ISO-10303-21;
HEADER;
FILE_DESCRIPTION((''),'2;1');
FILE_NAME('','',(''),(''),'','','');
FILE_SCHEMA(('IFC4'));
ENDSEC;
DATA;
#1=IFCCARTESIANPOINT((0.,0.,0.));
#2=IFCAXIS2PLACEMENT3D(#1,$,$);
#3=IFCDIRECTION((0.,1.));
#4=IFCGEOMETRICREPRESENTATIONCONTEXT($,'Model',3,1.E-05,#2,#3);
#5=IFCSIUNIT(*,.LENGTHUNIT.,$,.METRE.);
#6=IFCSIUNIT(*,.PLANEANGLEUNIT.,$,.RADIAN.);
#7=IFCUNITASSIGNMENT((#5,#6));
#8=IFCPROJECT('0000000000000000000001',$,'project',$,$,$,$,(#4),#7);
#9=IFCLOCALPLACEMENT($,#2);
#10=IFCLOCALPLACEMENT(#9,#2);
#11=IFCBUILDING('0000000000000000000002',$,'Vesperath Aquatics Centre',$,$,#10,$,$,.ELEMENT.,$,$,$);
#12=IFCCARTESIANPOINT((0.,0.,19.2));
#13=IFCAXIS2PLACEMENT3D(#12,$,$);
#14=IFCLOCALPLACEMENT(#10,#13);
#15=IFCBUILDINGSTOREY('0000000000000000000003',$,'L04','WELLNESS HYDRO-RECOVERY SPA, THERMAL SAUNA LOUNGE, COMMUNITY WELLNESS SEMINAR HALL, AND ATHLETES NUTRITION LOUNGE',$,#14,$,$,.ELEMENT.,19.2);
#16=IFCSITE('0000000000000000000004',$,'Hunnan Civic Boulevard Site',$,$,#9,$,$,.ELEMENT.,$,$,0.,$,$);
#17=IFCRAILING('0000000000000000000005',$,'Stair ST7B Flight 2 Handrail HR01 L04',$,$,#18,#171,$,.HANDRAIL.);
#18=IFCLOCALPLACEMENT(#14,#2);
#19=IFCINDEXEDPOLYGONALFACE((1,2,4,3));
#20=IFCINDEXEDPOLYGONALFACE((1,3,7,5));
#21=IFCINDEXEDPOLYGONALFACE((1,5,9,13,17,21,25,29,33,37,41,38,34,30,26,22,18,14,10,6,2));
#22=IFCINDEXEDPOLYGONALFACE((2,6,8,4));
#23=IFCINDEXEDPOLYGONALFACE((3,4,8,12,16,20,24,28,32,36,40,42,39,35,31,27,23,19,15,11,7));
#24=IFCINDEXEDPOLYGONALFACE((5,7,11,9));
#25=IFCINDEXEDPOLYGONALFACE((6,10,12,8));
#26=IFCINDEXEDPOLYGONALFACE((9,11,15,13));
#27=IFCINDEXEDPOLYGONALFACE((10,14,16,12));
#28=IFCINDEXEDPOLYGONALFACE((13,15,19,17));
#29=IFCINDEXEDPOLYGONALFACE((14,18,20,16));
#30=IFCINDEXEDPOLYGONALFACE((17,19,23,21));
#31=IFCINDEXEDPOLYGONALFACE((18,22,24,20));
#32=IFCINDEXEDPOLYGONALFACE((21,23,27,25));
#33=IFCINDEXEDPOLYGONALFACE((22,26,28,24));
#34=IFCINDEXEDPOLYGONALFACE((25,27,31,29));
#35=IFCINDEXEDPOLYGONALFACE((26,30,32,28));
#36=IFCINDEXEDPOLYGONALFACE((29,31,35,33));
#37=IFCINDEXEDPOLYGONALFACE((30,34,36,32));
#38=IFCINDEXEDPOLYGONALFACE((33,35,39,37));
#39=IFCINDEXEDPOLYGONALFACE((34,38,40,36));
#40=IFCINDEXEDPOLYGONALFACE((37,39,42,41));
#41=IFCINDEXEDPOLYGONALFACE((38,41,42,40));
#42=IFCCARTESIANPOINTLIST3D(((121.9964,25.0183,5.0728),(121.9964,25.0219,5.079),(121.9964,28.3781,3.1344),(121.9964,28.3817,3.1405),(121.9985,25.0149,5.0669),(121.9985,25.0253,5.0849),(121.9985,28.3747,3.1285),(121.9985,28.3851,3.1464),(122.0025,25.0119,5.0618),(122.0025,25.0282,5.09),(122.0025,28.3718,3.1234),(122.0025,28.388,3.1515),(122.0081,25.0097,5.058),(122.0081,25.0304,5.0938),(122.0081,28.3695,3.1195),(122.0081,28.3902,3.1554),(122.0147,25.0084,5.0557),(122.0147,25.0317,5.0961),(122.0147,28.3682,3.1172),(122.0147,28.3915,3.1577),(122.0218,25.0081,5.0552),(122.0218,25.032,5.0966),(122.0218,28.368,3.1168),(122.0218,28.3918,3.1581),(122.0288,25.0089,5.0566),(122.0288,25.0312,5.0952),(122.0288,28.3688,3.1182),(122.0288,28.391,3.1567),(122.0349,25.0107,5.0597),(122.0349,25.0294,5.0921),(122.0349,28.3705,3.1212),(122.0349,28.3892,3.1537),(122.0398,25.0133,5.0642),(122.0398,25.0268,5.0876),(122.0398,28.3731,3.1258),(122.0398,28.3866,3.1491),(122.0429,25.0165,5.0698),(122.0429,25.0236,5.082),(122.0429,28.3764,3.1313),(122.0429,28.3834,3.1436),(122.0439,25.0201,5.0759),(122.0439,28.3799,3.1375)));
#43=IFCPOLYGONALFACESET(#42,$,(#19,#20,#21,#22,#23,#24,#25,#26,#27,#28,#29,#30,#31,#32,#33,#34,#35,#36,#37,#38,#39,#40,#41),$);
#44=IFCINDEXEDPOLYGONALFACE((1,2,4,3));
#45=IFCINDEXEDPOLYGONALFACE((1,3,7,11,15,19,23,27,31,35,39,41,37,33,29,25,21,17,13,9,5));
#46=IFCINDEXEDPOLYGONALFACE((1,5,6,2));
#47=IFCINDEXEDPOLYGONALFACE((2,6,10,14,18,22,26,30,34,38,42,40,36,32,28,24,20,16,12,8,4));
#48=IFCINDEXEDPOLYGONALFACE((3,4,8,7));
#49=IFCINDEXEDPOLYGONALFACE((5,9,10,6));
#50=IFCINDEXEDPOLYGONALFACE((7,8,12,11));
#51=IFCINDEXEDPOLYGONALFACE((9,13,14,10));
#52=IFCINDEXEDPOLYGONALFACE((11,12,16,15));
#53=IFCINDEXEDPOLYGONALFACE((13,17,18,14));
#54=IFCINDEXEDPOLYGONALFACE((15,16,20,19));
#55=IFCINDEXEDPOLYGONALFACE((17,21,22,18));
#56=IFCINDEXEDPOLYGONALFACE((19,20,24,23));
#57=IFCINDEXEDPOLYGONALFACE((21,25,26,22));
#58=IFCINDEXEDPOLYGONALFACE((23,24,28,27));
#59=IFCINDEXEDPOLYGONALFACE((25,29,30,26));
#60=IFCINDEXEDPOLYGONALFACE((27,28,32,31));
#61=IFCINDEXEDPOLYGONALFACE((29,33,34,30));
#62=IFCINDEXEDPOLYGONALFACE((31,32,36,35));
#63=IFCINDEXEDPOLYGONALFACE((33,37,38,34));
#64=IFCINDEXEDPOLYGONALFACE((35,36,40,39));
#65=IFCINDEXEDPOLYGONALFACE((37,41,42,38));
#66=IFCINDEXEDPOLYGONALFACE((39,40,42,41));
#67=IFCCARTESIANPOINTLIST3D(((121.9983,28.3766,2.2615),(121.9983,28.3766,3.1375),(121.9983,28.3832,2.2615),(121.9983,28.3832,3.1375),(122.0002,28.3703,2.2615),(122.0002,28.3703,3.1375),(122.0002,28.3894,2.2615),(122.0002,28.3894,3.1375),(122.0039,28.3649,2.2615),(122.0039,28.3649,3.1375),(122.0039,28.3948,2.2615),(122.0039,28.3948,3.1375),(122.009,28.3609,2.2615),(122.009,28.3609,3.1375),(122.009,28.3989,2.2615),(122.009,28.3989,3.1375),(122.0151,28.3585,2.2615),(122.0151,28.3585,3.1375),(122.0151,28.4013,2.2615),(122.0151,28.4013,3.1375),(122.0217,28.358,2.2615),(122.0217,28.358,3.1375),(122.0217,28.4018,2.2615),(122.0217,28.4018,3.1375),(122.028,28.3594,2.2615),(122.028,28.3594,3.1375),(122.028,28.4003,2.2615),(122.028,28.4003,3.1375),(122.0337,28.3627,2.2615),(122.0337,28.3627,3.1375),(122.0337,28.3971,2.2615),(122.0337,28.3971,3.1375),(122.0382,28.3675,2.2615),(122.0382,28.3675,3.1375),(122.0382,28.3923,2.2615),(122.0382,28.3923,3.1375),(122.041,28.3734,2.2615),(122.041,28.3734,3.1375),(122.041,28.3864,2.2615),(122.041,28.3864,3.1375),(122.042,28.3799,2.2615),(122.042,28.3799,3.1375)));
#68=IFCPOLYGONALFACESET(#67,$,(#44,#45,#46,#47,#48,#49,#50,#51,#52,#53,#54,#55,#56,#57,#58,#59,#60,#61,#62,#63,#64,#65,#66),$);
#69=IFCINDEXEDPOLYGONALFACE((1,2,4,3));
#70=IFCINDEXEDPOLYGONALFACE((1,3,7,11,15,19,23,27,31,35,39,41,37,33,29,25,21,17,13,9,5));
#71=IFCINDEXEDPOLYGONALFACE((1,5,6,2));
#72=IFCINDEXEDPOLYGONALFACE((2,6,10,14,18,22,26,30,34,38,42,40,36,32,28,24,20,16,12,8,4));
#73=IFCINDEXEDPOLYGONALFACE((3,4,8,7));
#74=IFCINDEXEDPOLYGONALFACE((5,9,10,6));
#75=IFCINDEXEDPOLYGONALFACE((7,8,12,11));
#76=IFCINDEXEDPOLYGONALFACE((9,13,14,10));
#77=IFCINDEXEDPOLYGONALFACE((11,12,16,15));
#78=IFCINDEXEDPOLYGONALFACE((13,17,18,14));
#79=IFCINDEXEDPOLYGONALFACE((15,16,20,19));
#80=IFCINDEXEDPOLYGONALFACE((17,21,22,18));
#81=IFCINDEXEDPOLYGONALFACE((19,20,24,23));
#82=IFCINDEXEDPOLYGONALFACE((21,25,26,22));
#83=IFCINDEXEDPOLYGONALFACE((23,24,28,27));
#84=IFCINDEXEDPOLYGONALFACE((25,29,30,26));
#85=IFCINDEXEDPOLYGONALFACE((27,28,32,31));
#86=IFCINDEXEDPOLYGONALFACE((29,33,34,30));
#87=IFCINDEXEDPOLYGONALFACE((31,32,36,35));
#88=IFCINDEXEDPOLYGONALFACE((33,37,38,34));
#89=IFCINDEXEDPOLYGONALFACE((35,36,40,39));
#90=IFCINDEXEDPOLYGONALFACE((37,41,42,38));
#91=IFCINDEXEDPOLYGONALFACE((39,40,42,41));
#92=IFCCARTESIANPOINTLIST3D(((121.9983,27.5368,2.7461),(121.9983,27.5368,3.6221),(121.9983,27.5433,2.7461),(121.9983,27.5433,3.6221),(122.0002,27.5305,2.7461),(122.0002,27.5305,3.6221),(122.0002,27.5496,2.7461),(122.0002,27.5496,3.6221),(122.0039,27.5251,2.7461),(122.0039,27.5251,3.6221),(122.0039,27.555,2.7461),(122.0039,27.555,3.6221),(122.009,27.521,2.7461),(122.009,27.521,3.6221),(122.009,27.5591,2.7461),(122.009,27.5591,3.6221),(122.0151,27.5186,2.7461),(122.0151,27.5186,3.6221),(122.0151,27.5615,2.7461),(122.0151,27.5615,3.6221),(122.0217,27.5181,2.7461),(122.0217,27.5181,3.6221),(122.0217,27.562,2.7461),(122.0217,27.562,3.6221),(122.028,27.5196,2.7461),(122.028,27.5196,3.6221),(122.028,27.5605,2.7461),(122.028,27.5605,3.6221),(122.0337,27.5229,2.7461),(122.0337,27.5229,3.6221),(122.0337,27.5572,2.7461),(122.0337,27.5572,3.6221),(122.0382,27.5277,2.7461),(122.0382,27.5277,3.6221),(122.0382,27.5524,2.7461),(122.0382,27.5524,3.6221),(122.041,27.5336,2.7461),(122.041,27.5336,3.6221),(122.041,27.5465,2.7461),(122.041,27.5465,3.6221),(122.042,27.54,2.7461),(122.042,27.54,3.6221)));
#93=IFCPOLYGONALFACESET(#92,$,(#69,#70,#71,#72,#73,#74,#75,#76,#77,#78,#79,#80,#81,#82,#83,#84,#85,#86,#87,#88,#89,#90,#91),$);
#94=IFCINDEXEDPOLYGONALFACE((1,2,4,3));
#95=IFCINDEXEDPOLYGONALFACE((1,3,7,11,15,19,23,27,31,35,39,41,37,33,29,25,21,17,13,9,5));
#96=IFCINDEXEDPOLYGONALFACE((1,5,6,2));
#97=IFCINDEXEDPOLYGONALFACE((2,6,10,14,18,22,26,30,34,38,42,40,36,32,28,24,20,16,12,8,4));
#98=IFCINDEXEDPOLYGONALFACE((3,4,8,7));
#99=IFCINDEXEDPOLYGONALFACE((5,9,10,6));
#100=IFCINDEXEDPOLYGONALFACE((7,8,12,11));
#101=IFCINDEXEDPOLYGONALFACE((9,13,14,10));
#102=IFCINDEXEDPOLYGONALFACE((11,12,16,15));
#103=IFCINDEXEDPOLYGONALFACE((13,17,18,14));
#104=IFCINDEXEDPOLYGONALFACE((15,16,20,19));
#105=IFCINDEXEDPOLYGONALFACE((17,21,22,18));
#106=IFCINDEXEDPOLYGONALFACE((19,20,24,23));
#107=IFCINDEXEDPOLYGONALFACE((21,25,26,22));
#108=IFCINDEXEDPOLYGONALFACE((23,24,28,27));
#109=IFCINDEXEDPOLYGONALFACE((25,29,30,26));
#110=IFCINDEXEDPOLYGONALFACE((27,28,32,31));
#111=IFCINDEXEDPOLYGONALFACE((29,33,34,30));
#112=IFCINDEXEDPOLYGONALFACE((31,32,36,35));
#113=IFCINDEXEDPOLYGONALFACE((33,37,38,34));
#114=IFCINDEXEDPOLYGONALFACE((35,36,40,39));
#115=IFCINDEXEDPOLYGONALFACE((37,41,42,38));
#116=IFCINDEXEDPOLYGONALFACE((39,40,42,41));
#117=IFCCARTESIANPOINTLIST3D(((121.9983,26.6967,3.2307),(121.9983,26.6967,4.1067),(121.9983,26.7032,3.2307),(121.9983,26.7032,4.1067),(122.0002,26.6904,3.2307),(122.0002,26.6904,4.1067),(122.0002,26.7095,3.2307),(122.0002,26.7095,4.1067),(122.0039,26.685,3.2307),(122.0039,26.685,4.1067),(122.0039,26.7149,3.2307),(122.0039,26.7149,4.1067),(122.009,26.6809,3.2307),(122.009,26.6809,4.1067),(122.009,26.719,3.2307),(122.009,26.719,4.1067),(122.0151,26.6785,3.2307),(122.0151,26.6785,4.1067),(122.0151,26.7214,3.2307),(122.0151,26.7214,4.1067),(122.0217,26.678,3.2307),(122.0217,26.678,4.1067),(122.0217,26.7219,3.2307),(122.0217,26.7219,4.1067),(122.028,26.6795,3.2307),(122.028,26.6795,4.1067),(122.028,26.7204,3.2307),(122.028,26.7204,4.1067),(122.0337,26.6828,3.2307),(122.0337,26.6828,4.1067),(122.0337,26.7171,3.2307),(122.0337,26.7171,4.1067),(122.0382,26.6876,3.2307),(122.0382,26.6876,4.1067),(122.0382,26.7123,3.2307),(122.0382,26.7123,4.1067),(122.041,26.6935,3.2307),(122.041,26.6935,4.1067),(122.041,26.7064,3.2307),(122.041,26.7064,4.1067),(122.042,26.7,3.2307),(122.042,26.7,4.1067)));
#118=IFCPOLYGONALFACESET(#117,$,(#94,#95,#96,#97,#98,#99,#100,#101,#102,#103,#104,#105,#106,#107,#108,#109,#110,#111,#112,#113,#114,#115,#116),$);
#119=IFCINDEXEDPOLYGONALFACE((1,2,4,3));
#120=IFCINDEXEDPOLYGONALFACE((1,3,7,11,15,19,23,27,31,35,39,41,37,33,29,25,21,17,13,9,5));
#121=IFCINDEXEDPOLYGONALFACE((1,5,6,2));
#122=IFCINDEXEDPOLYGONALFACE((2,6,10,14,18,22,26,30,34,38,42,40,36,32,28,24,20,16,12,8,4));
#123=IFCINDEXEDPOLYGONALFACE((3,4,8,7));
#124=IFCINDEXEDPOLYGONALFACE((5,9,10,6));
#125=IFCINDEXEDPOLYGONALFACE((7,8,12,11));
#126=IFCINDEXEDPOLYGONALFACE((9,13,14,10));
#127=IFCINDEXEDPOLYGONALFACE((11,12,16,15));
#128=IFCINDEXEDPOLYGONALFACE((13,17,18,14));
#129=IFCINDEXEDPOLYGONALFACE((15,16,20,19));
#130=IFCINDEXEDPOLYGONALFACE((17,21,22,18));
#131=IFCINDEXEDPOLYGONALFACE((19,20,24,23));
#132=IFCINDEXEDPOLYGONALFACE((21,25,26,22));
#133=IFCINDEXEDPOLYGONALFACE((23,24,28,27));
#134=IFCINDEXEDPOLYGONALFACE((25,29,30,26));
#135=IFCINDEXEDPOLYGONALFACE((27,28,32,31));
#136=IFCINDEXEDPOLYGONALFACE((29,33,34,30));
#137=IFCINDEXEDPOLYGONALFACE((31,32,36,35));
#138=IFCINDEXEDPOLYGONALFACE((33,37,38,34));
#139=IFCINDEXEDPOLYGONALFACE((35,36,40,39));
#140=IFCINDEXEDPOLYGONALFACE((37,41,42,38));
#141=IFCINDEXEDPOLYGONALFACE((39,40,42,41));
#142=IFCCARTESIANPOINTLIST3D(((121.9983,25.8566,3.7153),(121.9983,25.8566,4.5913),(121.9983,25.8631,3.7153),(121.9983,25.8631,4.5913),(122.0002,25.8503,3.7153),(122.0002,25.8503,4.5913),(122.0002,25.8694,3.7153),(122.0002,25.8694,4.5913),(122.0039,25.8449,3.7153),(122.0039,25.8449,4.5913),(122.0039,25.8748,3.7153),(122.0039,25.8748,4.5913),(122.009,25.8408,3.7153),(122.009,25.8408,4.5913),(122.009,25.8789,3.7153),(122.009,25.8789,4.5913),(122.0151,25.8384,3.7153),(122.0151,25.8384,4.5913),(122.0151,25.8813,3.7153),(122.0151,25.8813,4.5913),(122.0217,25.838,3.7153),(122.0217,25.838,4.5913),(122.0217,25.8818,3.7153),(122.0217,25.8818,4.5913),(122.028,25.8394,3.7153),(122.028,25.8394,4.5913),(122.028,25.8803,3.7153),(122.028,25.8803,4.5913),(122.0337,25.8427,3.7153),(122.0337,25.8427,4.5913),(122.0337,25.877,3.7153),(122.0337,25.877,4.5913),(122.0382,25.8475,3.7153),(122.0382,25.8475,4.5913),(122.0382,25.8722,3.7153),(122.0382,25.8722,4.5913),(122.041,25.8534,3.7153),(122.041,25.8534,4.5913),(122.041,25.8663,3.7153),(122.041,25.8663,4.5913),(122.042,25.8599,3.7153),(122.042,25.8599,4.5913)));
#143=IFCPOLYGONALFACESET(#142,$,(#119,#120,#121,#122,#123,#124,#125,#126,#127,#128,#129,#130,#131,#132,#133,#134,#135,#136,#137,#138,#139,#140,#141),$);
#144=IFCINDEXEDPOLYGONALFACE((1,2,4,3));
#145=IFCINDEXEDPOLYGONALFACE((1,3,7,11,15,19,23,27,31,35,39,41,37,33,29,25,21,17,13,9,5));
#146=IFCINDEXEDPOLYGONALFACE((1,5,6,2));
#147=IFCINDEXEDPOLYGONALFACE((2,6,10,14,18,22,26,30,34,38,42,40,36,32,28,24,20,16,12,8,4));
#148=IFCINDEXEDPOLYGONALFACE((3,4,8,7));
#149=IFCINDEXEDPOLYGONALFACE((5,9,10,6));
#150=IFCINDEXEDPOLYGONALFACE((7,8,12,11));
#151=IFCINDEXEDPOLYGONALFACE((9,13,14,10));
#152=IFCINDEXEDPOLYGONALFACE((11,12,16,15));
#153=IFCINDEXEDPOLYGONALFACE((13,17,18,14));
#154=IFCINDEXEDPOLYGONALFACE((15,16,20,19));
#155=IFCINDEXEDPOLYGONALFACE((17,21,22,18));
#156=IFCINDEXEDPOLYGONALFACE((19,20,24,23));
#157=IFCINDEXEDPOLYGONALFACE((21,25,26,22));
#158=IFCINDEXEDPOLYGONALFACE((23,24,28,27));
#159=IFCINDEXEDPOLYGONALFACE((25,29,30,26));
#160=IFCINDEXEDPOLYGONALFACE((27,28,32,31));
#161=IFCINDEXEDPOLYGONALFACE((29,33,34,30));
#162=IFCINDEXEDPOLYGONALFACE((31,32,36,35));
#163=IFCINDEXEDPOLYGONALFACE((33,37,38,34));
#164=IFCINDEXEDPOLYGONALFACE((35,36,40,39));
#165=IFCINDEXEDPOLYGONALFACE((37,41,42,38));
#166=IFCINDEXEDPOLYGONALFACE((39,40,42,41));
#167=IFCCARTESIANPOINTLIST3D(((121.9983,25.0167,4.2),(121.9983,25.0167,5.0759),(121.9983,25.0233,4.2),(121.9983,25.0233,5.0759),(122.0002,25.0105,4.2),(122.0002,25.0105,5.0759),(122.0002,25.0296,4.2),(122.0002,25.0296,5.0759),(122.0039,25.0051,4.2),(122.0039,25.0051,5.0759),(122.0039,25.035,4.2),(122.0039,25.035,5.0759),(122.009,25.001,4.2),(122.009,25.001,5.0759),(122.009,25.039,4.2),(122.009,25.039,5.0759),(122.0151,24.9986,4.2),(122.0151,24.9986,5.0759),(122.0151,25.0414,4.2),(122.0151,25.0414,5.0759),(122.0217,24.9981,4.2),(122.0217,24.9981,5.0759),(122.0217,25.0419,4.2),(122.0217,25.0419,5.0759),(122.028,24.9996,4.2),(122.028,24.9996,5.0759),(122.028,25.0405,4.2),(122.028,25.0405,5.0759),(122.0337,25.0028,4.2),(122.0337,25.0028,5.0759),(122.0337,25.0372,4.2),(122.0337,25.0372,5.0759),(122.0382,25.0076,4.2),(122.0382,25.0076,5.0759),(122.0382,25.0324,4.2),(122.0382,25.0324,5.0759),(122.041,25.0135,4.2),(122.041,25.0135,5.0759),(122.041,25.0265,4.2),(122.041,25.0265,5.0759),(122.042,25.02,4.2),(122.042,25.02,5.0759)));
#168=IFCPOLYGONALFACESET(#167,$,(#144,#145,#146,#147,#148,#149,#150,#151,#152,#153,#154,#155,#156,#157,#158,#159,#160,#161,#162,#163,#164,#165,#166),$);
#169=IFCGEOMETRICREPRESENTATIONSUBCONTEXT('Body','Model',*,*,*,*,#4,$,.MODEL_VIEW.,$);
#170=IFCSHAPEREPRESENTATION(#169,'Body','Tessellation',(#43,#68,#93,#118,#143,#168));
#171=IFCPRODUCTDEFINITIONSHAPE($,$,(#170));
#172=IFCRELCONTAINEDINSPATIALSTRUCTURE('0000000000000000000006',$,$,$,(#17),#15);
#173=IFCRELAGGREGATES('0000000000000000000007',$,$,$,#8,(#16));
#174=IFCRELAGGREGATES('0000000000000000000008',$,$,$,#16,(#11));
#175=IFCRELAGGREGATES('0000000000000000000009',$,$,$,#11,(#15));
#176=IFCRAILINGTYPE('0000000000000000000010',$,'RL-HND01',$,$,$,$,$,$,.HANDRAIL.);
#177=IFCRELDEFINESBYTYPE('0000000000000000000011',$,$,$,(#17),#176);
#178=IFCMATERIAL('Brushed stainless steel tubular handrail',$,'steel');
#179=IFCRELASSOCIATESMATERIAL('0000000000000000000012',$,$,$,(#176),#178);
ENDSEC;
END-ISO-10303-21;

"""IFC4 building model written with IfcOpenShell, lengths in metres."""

from ifc_helpers import new_model, si_unit, direction, frame, origin, origin_2d, place, context, subcontext, project, spatial, circle, extrude, material, type_object, element, save


model = new_model("IFC4")

# Units and contexts
model_context = context("Model", 3, precision=1e-05, world=origin(), true_north=direction((0.0, 1.0)))
body_context = subcontext(model_context, "Body", "Model", "MODEL_VIEW")
ifc_project = project(units=[si_unit("LENGTHUNIT", "METRE"), si_unit("PLANEANGLEUNIT", "RADIAN")], contexts=[model_context])

# Site, building, storey
site_placement = place(None, origin())
site = spatial("IfcSite", under=ifc_project, at=site_placement, Name="Hunnan Civic Boulevard Site", CompositionType="ELEMENT", RefElevation=0.0)
building_placement = place(site_placement, origin())
building = spatial("IfcBuilding", under=site, at=building_placement, Name="Vesperath Aquatics Centre", CompositionType="ELEMENT")
storey_placement = place(building_placement, frame((0.0, 0.0, 19.2)))
storey = spatial("IfcBuildingStorey", under=building, at=storey_placement, Name="L04", Description="WELLNESS HYDRO-RECOVERY SPA, THERMAL SAUNA LOUNGE, COMMUNITY WELLNESS SEMINAR HALL, AND ATHLETES NUTRITION LOUNGE", CompositionType="ELEMENT", Elevation=19.2)

# Railing
ifc_material_1 = material(Name="Brushed stainless steel tubular handrail", Category="steel")
railing_type_1 = type_object("IfcRailingType", Name="RL-HND01", PredefinedType="HANDRAIL", material=ifc_material_1)
railing_1_placement = place(storey_placement, frame((122.02, 28.3799, 2.2615)))
element("IfcRailing", 1, at=railing_1_placement, inside=storey, type_object=railing_type_1, Name="Stair ST7B Flight 2 Handrail HR01 L04", PredefinedType="HANDRAIL", context=body_context, shape_type="SweptSolid", body=[
    extrude(circle(Radius=0.0239, at=origin_2d()), frame((0.0, 0.0, 0.876), z_axis=(0.0, -0.866175, 0.499741), x_axis=(1.0, 0.0, 0.0)), (0.0, 0.0, 1.0), 3.8789),
    extrude(circle(Radius=0.022, at=origin_2d()), origin(), (0.0, 0.0, 1.0), 0.876),
    extrude(circle(Radius=0.022, at=origin_2d()), frame((0.0, -0.8398, 0.4846)), (0.0, 0.0, 1.0), 0.876),
    extrude(circle(Radius=0.022, at=origin_2d()), frame((0.0, -1.6799, 0.9692)), (0.0, 0.0, 1.0), 0.876),
    extrude(circle(Radius=0.022, at=origin_2d()), frame((0.0, -2.52, 1.4539)), (0.0, 0.0, 1.0), 0.876),
    extrude(circle(Radius=0.022, at=origin_2d()), frame((0.0, -3.3599, 1.9385)), (0.0, 0.0, 1.0), 0.876),
])

save(model, "model.ifc")
